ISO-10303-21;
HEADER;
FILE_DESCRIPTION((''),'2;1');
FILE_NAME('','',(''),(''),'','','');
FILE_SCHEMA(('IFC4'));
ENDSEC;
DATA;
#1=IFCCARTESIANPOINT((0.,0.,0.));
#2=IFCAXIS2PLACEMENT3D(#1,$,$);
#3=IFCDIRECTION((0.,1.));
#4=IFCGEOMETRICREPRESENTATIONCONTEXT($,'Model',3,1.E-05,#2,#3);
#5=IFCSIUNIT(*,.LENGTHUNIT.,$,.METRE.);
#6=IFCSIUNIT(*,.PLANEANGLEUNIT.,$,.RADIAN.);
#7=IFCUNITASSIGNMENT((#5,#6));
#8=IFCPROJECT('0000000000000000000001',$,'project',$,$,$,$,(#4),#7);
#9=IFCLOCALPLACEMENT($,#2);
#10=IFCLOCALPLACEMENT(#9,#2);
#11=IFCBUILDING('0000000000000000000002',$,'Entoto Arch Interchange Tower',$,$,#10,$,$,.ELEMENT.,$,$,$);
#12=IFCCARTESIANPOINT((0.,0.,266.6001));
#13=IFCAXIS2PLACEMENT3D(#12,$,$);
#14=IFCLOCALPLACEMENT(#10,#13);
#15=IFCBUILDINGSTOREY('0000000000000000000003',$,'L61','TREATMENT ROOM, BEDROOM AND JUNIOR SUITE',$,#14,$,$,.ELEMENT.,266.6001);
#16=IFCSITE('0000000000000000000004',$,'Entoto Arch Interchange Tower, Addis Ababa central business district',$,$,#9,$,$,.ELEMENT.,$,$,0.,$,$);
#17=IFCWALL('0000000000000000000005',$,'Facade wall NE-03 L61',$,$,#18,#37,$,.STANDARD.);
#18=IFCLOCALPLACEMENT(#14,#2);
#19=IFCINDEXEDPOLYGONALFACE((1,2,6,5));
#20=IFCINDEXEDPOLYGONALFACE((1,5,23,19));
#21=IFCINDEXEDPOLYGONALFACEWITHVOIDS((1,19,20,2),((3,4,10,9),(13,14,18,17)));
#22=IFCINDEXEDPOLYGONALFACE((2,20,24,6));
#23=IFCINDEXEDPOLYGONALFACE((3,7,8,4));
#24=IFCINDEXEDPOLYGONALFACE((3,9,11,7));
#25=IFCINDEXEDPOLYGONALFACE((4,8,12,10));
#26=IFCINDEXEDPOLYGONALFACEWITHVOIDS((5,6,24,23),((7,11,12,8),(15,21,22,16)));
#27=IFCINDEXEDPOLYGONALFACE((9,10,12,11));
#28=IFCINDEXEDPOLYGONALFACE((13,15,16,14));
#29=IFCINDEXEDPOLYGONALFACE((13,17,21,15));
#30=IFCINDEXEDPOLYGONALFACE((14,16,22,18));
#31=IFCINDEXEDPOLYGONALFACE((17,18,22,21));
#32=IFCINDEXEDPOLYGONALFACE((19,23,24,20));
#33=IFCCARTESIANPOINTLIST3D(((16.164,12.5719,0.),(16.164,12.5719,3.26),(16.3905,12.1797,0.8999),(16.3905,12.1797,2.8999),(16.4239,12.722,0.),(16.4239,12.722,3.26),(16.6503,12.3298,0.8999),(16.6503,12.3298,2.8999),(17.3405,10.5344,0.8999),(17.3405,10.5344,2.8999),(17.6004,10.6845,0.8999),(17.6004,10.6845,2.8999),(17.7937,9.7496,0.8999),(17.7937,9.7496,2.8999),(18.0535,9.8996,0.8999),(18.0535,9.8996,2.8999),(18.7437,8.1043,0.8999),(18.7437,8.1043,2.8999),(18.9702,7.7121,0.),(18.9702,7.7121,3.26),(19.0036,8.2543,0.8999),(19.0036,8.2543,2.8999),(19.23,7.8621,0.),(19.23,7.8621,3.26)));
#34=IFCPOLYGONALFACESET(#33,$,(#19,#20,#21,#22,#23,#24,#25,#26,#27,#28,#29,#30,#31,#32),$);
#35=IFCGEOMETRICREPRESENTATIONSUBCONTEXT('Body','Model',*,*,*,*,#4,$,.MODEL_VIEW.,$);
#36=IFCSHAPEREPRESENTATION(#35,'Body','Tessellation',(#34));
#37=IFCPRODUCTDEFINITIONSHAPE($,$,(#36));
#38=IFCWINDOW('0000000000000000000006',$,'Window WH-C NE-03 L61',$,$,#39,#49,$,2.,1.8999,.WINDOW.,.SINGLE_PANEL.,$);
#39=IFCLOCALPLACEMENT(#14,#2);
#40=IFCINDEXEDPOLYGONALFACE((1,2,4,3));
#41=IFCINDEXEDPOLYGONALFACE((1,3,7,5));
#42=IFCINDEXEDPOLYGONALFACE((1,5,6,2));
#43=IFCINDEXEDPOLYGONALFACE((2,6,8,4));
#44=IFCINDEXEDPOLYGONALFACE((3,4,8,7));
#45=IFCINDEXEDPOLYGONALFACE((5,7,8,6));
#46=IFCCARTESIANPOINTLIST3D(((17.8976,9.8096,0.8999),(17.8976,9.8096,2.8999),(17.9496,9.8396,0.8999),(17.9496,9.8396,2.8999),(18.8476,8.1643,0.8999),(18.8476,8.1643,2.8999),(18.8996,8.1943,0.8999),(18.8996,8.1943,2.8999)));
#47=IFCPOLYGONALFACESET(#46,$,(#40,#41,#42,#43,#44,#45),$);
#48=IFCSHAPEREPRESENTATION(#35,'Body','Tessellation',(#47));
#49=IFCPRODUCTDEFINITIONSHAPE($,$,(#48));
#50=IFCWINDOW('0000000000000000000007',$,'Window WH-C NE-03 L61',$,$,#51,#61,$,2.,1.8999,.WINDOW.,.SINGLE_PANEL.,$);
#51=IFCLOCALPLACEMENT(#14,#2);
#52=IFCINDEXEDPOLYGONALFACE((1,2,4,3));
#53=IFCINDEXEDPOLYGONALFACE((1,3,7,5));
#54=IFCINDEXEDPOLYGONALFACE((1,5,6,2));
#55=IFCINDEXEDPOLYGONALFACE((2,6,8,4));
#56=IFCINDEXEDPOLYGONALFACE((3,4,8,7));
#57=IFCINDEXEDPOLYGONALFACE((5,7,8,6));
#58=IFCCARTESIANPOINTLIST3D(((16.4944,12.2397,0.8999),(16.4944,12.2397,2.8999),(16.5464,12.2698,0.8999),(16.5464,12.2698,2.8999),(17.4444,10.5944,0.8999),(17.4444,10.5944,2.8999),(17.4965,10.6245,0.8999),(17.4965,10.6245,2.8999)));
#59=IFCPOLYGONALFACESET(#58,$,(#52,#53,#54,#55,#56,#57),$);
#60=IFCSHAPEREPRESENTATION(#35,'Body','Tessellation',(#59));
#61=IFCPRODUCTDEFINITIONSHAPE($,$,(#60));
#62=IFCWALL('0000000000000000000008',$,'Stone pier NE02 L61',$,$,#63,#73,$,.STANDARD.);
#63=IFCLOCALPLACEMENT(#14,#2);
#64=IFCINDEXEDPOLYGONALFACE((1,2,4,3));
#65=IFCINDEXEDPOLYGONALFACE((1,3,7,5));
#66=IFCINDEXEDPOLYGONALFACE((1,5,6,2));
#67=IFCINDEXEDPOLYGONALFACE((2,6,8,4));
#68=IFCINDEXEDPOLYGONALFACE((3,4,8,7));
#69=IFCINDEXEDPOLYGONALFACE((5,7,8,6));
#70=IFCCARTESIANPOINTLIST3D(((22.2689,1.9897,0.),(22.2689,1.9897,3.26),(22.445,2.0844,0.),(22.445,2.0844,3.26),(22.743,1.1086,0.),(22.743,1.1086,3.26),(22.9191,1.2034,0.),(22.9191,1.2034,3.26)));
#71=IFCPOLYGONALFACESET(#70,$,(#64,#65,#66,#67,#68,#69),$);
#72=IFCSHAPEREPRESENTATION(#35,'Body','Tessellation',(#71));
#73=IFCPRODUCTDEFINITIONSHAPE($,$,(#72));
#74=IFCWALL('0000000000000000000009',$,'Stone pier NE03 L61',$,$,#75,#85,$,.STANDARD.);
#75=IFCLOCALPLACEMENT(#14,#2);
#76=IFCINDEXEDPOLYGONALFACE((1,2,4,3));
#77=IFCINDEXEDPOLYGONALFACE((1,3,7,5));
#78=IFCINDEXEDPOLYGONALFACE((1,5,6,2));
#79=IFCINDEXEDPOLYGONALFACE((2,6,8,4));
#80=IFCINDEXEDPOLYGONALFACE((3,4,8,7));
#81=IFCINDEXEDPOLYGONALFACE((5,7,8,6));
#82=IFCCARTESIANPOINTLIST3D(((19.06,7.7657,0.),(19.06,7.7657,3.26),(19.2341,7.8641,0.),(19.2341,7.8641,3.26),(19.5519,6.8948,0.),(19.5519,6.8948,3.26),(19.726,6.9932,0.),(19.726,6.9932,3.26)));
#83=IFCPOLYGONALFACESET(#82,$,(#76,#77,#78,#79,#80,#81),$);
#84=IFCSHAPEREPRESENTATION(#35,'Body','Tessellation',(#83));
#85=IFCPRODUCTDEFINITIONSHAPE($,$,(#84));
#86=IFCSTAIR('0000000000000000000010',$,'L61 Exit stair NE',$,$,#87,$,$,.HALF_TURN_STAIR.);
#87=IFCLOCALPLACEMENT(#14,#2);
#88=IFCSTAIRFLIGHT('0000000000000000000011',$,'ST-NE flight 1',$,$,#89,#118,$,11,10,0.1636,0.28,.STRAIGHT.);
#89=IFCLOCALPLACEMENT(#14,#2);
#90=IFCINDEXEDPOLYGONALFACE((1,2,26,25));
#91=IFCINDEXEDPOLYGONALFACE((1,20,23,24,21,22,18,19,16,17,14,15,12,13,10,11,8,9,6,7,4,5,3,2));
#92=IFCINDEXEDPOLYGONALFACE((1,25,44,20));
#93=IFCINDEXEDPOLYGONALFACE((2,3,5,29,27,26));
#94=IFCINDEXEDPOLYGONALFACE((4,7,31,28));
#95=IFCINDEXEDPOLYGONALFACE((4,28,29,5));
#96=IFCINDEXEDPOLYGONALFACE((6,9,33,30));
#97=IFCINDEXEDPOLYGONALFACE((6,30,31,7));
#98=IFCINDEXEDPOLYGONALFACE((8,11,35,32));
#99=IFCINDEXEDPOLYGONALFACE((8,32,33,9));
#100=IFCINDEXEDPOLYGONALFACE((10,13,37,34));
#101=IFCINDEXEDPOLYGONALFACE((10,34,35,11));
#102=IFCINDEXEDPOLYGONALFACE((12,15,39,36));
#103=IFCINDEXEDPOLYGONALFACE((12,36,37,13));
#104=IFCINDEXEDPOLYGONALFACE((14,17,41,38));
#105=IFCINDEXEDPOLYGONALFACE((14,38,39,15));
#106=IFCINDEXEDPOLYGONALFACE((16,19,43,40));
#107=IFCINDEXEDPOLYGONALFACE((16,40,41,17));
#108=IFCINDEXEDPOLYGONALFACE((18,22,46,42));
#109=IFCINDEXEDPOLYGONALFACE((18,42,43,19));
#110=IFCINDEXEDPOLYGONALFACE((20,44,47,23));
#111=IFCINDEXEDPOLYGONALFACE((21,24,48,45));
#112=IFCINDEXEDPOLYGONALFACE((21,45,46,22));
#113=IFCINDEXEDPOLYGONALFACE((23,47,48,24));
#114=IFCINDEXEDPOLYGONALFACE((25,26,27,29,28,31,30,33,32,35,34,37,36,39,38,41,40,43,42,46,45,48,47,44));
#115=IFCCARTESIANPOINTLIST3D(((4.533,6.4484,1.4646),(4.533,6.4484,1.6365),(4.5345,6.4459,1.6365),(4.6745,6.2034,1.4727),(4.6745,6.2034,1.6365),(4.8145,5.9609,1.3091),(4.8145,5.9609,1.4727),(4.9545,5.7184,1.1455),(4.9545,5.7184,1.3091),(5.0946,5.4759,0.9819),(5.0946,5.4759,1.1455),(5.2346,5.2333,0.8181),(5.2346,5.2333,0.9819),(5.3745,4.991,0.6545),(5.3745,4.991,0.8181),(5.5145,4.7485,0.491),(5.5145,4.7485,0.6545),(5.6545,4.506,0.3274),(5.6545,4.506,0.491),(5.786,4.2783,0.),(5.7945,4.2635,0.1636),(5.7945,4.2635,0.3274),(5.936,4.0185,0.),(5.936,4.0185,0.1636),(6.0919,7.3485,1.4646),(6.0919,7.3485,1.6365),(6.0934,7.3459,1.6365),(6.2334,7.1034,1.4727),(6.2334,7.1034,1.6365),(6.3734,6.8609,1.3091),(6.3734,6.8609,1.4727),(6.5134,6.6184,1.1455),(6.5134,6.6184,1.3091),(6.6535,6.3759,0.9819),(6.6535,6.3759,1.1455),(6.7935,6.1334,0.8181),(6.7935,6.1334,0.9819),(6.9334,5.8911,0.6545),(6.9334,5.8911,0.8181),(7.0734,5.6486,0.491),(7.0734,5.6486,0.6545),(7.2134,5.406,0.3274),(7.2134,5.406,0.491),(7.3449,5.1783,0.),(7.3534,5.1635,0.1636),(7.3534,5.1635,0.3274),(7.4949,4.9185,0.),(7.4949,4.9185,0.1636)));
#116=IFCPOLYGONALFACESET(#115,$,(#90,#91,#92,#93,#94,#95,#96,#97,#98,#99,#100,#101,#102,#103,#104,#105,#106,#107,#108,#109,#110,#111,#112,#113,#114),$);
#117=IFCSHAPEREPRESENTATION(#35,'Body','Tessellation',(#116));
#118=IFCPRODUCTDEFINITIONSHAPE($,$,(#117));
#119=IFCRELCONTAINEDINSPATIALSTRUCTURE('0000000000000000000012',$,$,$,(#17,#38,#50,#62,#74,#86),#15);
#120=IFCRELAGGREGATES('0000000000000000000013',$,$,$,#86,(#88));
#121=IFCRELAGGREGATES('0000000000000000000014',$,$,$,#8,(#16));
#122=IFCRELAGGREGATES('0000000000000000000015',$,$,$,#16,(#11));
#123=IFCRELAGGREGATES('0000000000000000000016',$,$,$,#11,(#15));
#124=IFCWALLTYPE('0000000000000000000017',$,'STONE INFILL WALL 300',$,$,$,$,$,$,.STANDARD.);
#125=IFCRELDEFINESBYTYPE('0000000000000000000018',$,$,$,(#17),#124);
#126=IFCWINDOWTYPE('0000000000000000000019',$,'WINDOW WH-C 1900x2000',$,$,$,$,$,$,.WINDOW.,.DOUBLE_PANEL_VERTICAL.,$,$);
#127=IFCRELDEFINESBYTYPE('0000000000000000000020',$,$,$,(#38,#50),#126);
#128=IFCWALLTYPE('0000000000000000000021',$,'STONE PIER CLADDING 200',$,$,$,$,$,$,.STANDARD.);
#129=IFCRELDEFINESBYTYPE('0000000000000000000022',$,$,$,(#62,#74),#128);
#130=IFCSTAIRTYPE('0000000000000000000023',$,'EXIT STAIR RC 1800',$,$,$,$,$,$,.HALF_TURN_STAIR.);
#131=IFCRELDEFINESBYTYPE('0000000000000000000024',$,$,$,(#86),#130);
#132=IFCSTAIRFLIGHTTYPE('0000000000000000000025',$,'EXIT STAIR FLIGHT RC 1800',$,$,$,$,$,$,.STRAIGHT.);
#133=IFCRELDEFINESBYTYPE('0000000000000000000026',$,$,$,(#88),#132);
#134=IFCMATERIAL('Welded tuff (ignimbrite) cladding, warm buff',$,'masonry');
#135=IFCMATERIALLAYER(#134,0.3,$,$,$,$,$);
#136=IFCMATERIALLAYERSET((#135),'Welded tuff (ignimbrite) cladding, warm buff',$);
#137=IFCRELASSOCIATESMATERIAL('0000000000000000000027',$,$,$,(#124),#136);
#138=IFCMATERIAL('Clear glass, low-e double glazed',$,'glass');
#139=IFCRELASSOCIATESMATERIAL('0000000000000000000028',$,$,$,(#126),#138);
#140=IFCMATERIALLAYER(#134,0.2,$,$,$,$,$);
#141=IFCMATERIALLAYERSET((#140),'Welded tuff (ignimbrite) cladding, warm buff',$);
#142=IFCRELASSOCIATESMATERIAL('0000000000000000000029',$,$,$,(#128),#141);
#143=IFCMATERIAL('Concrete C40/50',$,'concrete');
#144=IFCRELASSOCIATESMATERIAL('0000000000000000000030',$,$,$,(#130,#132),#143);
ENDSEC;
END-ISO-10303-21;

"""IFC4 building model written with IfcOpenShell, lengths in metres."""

from ifc_helpers import new_model, si_unit, direction, frame, frame_2d, origin, place, context, subcontext, project, spatial, polyline, rectangle, outline, extrude, material, layer, layer_set, type_object, element, fill, aggregate, save


model = new_model("IFC4")

# Units and contexts
model_context = context("Model", 3, precision=1e-05, world=origin(), true_north=direction((0.0, 1.0)))
body_context = subcontext(model_context, "Body", "Model", "MODEL_VIEW")
ifc_project = project(units=[si_unit("LENGTHUNIT", "METRE"), si_unit("PLANEANGLEUNIT", "RADIAN")], contexts=[model_context])

# Site, building, storey
site_placement = place(None, origin())
site = spatial("IfcSite", under=ifc_project, at=site_placement, Name="Entoto Arch Interchange Tower, Addis Ababa central business district", CompositionType="ELEMENT", RefElevation=0.0)
building_placement = place(site_placement, origin())
building = spatial("IfcBuilding", under=site, at=building_placement, Name="Entoto Arch Interchange Tower", CompositionType="ELEMENT")
storey_placement = place(building_placement, frame((0.0, 0.0, 266.6001)))
storey = spatial("IfcBuildingStorey", under=building, at=storey_placement, Name="L61", Description="TREATMENT ROOM, BEDROOM AND JUNIOR SUITE", CompositionType="ELEMENT", Elevation=266.6001)

# Shared definitions
ifc_material_1 = material(Name="Concrete C40/50", Category="concrete")

# Wall, openings, windows
ifc_material_2 = material(Name="Welded tuff (ignimbrite) cladding, warm buff", Category="masonry")
ifc_layer_1 = layer(ifc_material_2, 0.3)
ifc_layer_set_1 = layer_set([ifc_layer_1], Name="Welded tuff (ignimbrite) cladding, warm buff")
wall_type_1 = type_object("IfcWallType", Name="STONE INFILL WALL 300", PredefinedType="STANDARD", material=ifc_layer_set_1)
ifc_material_3 = material(Name="Clear glass, low-e double glazed", Category="glass")
window_type = type_object("IfcWindowType", Name="WINDOW WH-C 1900x2000", PartitioningType="DOUBLE_PANEL_VERTICAL", PredefinedType="WINDOW", material=ifc_material_3)
wall_1_placement = place(storey_placement, frame((19.1001, 7.7871, 0.0), z_axis=(0.0, 0.0, 1.0), x_axis=(-0.500041, 0.866002, 0.0)))
wall_1 = element("IfcWall", 1, at=wall_1_placement, inside=storey, type_object=wall_type_1, Name="Facade wall NE-03 L61", PredefinedType="STANDARD", context=body_context, shape_type="SweptSolid", body=[
    extrude(rectangle(XDim=5.6118, YDim=0.3, at=frame_2d((2.8059, 0.0))), origin(), (0.0, 0.0, 1.0), 3.26),
])
opening_1_placement = place(wall_1_placement, frame((0.4529, 0.0, 0.8999)))
opening_1 = element("IfcOpeningElement", 2, at=opening_1_placement, cuts=wall_1, PredefinedType="OPENING", context=body_context, shape_type="SweptSolid", body=[
    extrude(rectangle(XDim=1.8999, YDim=2.0, at=frame_2d((0.95, 1.0))), frame((0.0, 0.1602, 0.0), z_axis=(0.0, -1.0, 0.0), x_axis=(1.0, 0.0, 0.0)), (0.0, 0.0, 1.0), 0.3201),
])
opening_2_placement = place(wall_1_placement, frame((3.259, 0.0, 0.8999)))
opening_2 = element("IfcOpeningElement", 3, at=opening_2_placement, cuts=wall_1, PredefinedType="OPENING", context=body_context, shape_type="SweptSolid", body=[
    extrude(rectangle(XDim=1.8999, YDim=2.0, at=frame_2d((0.95, 1.0))), frame((0.0, 0.1602, 0.0), z_axis=(0.0, -1.0, 0.0), x_axis=(1.0, 0.0, 0.0)), (0.0, 0.0, 1.0), 0.3201),
])
window_1_placement = place(opening_1_placement, origin())
window_1 = element("IfcWindow", 4, at=window_1_placement, inside=storey, type_object=window_type, Name="Window WH-C NE-03 L61", OverallHeight=2.0, OverallWidth=1.8999, PartitioningType="SINGLE_PANEL", PredefinedType="WINDOW", context=body_context, shape_type="SweptSolid", body=[
    extrude(rectangle(XDim=1.8999, YDim=2.0, at=frame_2d((0.95, 1.0))), frame((0.0, 0.03, 0.0), z_axis=(0.0, -1.0, 0.0), x_axis=(1.0, 0.0, 0.0)), (0.0, 0.0, 1.0), 0.0601),
])
fill(opening_1, window_1)
window_2_placement = place(opening_2_placement, origin())
window_2 = element("IfcWindow", 5, at=window_2_placement, inside=storey, type_object=window_type, Name="Window WH-C NE-03 L61", OverallHeight=2.0, OverallWidth=1.8999, PartitioningType="SINGLE_PANEL", PredefinedType="WINDOW", context=body_context, shape_type="SweptSolid", body=[
    extrude(rectangle(XDim=1.8999, YDim=2.0, at=frame_2d((0.95, 1.0))), frame((0.0, 0.03, 0.0), z_axis=(0.0, -1.0, 0.0), x_axis=(1.0, 0.0, 0.0)), (0.0, 0.0, 1.0), 0.0601),
])
fill(opening_2, window_2)

# Walls
ifc_layer_2 = layer(ifc_material_2, 0.2)
ifc_layer_set_2 = layer_set([ifc_layer_2], Name="Welded tuff (ignimbrite) cladding, warm buff")
wall_type_2 = type_object("IfcWallType", Name="STONE PIER CLADDING 200", PredefinedType="STANDARD", material=ifc_layer_set_2)
wall_2_placement = place(storey_placement, frame((22.8311, 1.156, 0.0), z_axis=(0.0, 0.0, 1.0), x_axis=(-0.473852, 0.880604, 0.0)))
element("IfcWall", 6, at=wall_2_placement, inside=storey, type_object=wall_type_2, Name="Stone pier NE02 L61", PredefinedType="STANDARD", context=body_context, shape_type="SweptSolid", body=[
    extrude(rectangle(XDim=1.0005, YDim=0.2, at=frame_2d((0.5002, 0.0))), origin(), (0.0, 0.0, 1.0), 3.26),
])
wall_3_placement = place(storey_placement, frame((19.6389, 6.9441, 0.0), z_axis=(0.0, 0.0, 1.0), x_axis=(-0.491848, 0.870681, 0.0)))
element("IfcWall", 7, at=wall_3_placement, inside=storey, type_object=wall_type_2, Name="Stone pier NE03 L61", PredefinedType="STANDARD", context=body_context, shape_type="SweptSolid", body=[
    extrude(rectangle(XDim=1.0002, YDim=0.2, at=frame_2d((0.5, 0.0))), origin(), (0.0, 0.0, 1.0), 3.26),
])

# Stair, stair flight
stair_type = type_object("IfcStairType", Name="EXIT STAIR RC 1800", PredefinedType="HALF_TURN_STAIR", material=ifc_material_1)
stair_placement = place(storey_placement, origin())
stair = element("IfcStair", 8, at=stair_placement, inside=storey, type_object=stair_type, Name="L61 Exit stair NE", PredefinedType="HALF_TURN_STAIR")
stair_flight_type = type_object("IfcStairFlightType", Name="EXIT STAIR FLIGHT RC 1800", PredefinedType="STRAIGHT", material=ifc_material_1)
stair_flight_placement = place(storey_placement, frame((6.7139, 4.4709, 0.0), z_axis=(0.0, 0.0, 1.0), x_axis=(-0.5, 0.866025, 0.0)))
stair_flight = element("IfcStairFlight", 9, at=stair_flight_placement, type_object=stair_flight_type, Name="ST-NE flight 1", NumberOfRisers=11, NumberOfTreads=10, PredefinedType="STRAIGHT", RiserHeight=0.1636, TreadLength=0.28, context=body_context, shape_type="SweptSolid", body=[
    extrude(outline(polyline([(-0.0029, 0.0), (-0.0029, 0.1636), (0.28, 0.1636), (0.28, 0.3274), (0.5601, 0.3274), (0.5601, 0.491), (0.8401, 0.491), (0.8401, 0.6545), (1.1201, 0.6545), (1.1201, 0.8181), (1.3999, 0.8181), (1.3999, 0.9819), (1.6799, 0.9819), (1.6799, 1.1455), (1.96, 1.1455), (1.96, 1.3091), (2.24, 1.3091), (2.24, 1.4727), (2.52, 1.4727), (2.52, 1.6365), (2.8, 1.6365), (2.803, 1.6365), (2.803, 1.4646), (0.2971, 0.0), (-0.0029, 0.0)])), frame((0.0, 0.8999, 0.0), z_axis=(0.0, -1.0, 0.0), x_axis=(1.0, 0.0, 0.0)), (0.0, 0.0, 1.0), 1.8),
])
aggregate(stair, [stair_flight])

save(model, "model.ifc")
